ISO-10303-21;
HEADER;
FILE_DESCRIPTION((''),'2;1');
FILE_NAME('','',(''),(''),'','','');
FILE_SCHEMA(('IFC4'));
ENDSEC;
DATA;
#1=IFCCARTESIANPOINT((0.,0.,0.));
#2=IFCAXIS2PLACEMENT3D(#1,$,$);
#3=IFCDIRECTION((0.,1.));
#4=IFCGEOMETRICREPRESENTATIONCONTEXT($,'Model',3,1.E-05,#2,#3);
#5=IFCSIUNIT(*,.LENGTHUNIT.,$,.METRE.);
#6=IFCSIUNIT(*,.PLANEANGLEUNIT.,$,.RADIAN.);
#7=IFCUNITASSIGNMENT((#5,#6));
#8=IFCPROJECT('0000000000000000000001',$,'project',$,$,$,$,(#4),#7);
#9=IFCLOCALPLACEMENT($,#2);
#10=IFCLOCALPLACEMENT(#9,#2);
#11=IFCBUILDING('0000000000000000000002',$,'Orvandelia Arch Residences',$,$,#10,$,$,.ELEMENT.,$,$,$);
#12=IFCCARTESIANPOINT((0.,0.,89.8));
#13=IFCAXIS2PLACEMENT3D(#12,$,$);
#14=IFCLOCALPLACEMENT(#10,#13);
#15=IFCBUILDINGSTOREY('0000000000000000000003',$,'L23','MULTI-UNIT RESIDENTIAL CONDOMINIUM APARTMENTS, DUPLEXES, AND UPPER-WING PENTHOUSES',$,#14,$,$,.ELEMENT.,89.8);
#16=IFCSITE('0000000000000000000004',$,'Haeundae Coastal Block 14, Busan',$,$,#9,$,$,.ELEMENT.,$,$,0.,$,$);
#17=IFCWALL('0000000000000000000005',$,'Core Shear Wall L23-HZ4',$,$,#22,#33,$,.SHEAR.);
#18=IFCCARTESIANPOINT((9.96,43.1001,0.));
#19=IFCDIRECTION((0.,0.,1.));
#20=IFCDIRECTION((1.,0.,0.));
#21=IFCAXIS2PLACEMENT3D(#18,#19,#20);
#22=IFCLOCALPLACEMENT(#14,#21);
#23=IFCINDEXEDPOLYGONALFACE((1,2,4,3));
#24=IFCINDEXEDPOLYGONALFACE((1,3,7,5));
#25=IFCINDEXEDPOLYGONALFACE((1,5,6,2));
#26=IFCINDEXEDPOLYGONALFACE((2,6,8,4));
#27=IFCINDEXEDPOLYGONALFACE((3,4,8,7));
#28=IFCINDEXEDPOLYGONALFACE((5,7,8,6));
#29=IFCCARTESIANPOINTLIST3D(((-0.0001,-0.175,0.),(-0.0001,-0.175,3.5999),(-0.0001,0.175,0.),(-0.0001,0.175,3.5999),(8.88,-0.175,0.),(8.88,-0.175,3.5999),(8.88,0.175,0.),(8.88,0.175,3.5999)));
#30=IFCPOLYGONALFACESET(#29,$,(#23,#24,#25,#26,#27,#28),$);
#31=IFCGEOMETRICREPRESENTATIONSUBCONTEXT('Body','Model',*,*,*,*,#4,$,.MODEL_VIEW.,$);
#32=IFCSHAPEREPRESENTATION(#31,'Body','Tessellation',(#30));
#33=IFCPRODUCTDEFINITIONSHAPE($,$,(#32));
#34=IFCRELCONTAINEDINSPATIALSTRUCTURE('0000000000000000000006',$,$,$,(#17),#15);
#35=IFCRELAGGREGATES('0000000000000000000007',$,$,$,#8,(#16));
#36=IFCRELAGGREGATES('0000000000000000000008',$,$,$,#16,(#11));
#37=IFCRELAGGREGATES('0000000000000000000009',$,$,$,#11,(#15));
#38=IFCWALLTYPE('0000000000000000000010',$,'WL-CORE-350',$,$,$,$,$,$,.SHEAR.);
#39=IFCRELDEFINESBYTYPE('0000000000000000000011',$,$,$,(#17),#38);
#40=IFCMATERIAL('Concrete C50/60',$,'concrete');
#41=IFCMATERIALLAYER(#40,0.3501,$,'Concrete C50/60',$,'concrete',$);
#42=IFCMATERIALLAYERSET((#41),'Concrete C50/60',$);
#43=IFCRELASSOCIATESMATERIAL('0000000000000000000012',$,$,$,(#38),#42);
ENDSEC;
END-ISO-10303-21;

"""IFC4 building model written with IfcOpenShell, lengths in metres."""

from ifc_helpers import new_model, si_unit, direction, frame, frame_2d, origin, place, context, subcontext, project, spatial, rectangle, extrude, material, layer, layer_set, type_object, element, save


model = new_model("IFC4")

# Units and contexts
model_context = context("Model", 3, precision=1e-05, world=origin(), true_north=direction((0.0, 1.0)))
body_context = subcontext(model_context, "Body", "Model", "MODEL_VIEW")
ifc_project = project(units=[si_unit("LENGTHUNIT", "METRE"), si_unit("PLANEANGLEUNIT", "RADIAN")], contexts=[model_context])

# Site, building, storey
site_placement = place(None, origin())
site = spatial("IfcSite", under=ifc_project, at=site_placement, Name="Haeundae Coastal Block 14, Busan", CompositionType="ELEMENT", RefElevation=0.0)
building_placement = place(site_placement, origin())
building = spatial("IfcBuilding", under=site, at=building_placement, Name="Orvandelia Arch Residences", CompositionType="ELEMENT")
storey_placement = place(building_placement, frame((0.0, 0.0, 89.8)))
storey = spatial("IfcBuildingStorey", under=building, at=storey_placement, Name="L23", Description="MULTI-UNIT RESIDENTIAL CONDOMINIUM APARTMENTS, DUPLEXES, AND UPPER-WING PENTHOUSES", CompositionType="ELEMENT", Elevation=89.8)

# Wall
ifc_material_1 = material(Name="Concrete C50/60", Category="concrete")
ifc_layer_1 = layer(ifc_material_1, 0.3501, Name="Concrete C50/60", Category="concrete")
ifc_layer_set_1 = layer_set([ifc_layer_1], Name="Concrete C50/60")
wall_type_1 = type_object("IfcWallType", Name="WL-CORE-350", PredefinedType="SHEAR", material=ifc_layer_set_1)
wall_1_placement = place(storey_placement, frame((9.96, 43.1001, 0.0), z_axis=(0.0, 0.0, 1.0), x_axis=(1.0, 0.0, 0.0)))
element("IfcWall", 1, at=wall_1_placement, inside=storey, type_object=wall_type_1, Name="Core Shear Wall L23-HZ4", PredefinedType="SHEAR", context=body_context, shape_type="SweptSolid", body=[
    extrude(rectangle(XDim=8.8801, YDim=0.3501, at=frame_2d((4.4399, 0.0))), origin(), (0.0, 0.0, 1.0), 3.5999),
])

save(model, "model.ifc")
